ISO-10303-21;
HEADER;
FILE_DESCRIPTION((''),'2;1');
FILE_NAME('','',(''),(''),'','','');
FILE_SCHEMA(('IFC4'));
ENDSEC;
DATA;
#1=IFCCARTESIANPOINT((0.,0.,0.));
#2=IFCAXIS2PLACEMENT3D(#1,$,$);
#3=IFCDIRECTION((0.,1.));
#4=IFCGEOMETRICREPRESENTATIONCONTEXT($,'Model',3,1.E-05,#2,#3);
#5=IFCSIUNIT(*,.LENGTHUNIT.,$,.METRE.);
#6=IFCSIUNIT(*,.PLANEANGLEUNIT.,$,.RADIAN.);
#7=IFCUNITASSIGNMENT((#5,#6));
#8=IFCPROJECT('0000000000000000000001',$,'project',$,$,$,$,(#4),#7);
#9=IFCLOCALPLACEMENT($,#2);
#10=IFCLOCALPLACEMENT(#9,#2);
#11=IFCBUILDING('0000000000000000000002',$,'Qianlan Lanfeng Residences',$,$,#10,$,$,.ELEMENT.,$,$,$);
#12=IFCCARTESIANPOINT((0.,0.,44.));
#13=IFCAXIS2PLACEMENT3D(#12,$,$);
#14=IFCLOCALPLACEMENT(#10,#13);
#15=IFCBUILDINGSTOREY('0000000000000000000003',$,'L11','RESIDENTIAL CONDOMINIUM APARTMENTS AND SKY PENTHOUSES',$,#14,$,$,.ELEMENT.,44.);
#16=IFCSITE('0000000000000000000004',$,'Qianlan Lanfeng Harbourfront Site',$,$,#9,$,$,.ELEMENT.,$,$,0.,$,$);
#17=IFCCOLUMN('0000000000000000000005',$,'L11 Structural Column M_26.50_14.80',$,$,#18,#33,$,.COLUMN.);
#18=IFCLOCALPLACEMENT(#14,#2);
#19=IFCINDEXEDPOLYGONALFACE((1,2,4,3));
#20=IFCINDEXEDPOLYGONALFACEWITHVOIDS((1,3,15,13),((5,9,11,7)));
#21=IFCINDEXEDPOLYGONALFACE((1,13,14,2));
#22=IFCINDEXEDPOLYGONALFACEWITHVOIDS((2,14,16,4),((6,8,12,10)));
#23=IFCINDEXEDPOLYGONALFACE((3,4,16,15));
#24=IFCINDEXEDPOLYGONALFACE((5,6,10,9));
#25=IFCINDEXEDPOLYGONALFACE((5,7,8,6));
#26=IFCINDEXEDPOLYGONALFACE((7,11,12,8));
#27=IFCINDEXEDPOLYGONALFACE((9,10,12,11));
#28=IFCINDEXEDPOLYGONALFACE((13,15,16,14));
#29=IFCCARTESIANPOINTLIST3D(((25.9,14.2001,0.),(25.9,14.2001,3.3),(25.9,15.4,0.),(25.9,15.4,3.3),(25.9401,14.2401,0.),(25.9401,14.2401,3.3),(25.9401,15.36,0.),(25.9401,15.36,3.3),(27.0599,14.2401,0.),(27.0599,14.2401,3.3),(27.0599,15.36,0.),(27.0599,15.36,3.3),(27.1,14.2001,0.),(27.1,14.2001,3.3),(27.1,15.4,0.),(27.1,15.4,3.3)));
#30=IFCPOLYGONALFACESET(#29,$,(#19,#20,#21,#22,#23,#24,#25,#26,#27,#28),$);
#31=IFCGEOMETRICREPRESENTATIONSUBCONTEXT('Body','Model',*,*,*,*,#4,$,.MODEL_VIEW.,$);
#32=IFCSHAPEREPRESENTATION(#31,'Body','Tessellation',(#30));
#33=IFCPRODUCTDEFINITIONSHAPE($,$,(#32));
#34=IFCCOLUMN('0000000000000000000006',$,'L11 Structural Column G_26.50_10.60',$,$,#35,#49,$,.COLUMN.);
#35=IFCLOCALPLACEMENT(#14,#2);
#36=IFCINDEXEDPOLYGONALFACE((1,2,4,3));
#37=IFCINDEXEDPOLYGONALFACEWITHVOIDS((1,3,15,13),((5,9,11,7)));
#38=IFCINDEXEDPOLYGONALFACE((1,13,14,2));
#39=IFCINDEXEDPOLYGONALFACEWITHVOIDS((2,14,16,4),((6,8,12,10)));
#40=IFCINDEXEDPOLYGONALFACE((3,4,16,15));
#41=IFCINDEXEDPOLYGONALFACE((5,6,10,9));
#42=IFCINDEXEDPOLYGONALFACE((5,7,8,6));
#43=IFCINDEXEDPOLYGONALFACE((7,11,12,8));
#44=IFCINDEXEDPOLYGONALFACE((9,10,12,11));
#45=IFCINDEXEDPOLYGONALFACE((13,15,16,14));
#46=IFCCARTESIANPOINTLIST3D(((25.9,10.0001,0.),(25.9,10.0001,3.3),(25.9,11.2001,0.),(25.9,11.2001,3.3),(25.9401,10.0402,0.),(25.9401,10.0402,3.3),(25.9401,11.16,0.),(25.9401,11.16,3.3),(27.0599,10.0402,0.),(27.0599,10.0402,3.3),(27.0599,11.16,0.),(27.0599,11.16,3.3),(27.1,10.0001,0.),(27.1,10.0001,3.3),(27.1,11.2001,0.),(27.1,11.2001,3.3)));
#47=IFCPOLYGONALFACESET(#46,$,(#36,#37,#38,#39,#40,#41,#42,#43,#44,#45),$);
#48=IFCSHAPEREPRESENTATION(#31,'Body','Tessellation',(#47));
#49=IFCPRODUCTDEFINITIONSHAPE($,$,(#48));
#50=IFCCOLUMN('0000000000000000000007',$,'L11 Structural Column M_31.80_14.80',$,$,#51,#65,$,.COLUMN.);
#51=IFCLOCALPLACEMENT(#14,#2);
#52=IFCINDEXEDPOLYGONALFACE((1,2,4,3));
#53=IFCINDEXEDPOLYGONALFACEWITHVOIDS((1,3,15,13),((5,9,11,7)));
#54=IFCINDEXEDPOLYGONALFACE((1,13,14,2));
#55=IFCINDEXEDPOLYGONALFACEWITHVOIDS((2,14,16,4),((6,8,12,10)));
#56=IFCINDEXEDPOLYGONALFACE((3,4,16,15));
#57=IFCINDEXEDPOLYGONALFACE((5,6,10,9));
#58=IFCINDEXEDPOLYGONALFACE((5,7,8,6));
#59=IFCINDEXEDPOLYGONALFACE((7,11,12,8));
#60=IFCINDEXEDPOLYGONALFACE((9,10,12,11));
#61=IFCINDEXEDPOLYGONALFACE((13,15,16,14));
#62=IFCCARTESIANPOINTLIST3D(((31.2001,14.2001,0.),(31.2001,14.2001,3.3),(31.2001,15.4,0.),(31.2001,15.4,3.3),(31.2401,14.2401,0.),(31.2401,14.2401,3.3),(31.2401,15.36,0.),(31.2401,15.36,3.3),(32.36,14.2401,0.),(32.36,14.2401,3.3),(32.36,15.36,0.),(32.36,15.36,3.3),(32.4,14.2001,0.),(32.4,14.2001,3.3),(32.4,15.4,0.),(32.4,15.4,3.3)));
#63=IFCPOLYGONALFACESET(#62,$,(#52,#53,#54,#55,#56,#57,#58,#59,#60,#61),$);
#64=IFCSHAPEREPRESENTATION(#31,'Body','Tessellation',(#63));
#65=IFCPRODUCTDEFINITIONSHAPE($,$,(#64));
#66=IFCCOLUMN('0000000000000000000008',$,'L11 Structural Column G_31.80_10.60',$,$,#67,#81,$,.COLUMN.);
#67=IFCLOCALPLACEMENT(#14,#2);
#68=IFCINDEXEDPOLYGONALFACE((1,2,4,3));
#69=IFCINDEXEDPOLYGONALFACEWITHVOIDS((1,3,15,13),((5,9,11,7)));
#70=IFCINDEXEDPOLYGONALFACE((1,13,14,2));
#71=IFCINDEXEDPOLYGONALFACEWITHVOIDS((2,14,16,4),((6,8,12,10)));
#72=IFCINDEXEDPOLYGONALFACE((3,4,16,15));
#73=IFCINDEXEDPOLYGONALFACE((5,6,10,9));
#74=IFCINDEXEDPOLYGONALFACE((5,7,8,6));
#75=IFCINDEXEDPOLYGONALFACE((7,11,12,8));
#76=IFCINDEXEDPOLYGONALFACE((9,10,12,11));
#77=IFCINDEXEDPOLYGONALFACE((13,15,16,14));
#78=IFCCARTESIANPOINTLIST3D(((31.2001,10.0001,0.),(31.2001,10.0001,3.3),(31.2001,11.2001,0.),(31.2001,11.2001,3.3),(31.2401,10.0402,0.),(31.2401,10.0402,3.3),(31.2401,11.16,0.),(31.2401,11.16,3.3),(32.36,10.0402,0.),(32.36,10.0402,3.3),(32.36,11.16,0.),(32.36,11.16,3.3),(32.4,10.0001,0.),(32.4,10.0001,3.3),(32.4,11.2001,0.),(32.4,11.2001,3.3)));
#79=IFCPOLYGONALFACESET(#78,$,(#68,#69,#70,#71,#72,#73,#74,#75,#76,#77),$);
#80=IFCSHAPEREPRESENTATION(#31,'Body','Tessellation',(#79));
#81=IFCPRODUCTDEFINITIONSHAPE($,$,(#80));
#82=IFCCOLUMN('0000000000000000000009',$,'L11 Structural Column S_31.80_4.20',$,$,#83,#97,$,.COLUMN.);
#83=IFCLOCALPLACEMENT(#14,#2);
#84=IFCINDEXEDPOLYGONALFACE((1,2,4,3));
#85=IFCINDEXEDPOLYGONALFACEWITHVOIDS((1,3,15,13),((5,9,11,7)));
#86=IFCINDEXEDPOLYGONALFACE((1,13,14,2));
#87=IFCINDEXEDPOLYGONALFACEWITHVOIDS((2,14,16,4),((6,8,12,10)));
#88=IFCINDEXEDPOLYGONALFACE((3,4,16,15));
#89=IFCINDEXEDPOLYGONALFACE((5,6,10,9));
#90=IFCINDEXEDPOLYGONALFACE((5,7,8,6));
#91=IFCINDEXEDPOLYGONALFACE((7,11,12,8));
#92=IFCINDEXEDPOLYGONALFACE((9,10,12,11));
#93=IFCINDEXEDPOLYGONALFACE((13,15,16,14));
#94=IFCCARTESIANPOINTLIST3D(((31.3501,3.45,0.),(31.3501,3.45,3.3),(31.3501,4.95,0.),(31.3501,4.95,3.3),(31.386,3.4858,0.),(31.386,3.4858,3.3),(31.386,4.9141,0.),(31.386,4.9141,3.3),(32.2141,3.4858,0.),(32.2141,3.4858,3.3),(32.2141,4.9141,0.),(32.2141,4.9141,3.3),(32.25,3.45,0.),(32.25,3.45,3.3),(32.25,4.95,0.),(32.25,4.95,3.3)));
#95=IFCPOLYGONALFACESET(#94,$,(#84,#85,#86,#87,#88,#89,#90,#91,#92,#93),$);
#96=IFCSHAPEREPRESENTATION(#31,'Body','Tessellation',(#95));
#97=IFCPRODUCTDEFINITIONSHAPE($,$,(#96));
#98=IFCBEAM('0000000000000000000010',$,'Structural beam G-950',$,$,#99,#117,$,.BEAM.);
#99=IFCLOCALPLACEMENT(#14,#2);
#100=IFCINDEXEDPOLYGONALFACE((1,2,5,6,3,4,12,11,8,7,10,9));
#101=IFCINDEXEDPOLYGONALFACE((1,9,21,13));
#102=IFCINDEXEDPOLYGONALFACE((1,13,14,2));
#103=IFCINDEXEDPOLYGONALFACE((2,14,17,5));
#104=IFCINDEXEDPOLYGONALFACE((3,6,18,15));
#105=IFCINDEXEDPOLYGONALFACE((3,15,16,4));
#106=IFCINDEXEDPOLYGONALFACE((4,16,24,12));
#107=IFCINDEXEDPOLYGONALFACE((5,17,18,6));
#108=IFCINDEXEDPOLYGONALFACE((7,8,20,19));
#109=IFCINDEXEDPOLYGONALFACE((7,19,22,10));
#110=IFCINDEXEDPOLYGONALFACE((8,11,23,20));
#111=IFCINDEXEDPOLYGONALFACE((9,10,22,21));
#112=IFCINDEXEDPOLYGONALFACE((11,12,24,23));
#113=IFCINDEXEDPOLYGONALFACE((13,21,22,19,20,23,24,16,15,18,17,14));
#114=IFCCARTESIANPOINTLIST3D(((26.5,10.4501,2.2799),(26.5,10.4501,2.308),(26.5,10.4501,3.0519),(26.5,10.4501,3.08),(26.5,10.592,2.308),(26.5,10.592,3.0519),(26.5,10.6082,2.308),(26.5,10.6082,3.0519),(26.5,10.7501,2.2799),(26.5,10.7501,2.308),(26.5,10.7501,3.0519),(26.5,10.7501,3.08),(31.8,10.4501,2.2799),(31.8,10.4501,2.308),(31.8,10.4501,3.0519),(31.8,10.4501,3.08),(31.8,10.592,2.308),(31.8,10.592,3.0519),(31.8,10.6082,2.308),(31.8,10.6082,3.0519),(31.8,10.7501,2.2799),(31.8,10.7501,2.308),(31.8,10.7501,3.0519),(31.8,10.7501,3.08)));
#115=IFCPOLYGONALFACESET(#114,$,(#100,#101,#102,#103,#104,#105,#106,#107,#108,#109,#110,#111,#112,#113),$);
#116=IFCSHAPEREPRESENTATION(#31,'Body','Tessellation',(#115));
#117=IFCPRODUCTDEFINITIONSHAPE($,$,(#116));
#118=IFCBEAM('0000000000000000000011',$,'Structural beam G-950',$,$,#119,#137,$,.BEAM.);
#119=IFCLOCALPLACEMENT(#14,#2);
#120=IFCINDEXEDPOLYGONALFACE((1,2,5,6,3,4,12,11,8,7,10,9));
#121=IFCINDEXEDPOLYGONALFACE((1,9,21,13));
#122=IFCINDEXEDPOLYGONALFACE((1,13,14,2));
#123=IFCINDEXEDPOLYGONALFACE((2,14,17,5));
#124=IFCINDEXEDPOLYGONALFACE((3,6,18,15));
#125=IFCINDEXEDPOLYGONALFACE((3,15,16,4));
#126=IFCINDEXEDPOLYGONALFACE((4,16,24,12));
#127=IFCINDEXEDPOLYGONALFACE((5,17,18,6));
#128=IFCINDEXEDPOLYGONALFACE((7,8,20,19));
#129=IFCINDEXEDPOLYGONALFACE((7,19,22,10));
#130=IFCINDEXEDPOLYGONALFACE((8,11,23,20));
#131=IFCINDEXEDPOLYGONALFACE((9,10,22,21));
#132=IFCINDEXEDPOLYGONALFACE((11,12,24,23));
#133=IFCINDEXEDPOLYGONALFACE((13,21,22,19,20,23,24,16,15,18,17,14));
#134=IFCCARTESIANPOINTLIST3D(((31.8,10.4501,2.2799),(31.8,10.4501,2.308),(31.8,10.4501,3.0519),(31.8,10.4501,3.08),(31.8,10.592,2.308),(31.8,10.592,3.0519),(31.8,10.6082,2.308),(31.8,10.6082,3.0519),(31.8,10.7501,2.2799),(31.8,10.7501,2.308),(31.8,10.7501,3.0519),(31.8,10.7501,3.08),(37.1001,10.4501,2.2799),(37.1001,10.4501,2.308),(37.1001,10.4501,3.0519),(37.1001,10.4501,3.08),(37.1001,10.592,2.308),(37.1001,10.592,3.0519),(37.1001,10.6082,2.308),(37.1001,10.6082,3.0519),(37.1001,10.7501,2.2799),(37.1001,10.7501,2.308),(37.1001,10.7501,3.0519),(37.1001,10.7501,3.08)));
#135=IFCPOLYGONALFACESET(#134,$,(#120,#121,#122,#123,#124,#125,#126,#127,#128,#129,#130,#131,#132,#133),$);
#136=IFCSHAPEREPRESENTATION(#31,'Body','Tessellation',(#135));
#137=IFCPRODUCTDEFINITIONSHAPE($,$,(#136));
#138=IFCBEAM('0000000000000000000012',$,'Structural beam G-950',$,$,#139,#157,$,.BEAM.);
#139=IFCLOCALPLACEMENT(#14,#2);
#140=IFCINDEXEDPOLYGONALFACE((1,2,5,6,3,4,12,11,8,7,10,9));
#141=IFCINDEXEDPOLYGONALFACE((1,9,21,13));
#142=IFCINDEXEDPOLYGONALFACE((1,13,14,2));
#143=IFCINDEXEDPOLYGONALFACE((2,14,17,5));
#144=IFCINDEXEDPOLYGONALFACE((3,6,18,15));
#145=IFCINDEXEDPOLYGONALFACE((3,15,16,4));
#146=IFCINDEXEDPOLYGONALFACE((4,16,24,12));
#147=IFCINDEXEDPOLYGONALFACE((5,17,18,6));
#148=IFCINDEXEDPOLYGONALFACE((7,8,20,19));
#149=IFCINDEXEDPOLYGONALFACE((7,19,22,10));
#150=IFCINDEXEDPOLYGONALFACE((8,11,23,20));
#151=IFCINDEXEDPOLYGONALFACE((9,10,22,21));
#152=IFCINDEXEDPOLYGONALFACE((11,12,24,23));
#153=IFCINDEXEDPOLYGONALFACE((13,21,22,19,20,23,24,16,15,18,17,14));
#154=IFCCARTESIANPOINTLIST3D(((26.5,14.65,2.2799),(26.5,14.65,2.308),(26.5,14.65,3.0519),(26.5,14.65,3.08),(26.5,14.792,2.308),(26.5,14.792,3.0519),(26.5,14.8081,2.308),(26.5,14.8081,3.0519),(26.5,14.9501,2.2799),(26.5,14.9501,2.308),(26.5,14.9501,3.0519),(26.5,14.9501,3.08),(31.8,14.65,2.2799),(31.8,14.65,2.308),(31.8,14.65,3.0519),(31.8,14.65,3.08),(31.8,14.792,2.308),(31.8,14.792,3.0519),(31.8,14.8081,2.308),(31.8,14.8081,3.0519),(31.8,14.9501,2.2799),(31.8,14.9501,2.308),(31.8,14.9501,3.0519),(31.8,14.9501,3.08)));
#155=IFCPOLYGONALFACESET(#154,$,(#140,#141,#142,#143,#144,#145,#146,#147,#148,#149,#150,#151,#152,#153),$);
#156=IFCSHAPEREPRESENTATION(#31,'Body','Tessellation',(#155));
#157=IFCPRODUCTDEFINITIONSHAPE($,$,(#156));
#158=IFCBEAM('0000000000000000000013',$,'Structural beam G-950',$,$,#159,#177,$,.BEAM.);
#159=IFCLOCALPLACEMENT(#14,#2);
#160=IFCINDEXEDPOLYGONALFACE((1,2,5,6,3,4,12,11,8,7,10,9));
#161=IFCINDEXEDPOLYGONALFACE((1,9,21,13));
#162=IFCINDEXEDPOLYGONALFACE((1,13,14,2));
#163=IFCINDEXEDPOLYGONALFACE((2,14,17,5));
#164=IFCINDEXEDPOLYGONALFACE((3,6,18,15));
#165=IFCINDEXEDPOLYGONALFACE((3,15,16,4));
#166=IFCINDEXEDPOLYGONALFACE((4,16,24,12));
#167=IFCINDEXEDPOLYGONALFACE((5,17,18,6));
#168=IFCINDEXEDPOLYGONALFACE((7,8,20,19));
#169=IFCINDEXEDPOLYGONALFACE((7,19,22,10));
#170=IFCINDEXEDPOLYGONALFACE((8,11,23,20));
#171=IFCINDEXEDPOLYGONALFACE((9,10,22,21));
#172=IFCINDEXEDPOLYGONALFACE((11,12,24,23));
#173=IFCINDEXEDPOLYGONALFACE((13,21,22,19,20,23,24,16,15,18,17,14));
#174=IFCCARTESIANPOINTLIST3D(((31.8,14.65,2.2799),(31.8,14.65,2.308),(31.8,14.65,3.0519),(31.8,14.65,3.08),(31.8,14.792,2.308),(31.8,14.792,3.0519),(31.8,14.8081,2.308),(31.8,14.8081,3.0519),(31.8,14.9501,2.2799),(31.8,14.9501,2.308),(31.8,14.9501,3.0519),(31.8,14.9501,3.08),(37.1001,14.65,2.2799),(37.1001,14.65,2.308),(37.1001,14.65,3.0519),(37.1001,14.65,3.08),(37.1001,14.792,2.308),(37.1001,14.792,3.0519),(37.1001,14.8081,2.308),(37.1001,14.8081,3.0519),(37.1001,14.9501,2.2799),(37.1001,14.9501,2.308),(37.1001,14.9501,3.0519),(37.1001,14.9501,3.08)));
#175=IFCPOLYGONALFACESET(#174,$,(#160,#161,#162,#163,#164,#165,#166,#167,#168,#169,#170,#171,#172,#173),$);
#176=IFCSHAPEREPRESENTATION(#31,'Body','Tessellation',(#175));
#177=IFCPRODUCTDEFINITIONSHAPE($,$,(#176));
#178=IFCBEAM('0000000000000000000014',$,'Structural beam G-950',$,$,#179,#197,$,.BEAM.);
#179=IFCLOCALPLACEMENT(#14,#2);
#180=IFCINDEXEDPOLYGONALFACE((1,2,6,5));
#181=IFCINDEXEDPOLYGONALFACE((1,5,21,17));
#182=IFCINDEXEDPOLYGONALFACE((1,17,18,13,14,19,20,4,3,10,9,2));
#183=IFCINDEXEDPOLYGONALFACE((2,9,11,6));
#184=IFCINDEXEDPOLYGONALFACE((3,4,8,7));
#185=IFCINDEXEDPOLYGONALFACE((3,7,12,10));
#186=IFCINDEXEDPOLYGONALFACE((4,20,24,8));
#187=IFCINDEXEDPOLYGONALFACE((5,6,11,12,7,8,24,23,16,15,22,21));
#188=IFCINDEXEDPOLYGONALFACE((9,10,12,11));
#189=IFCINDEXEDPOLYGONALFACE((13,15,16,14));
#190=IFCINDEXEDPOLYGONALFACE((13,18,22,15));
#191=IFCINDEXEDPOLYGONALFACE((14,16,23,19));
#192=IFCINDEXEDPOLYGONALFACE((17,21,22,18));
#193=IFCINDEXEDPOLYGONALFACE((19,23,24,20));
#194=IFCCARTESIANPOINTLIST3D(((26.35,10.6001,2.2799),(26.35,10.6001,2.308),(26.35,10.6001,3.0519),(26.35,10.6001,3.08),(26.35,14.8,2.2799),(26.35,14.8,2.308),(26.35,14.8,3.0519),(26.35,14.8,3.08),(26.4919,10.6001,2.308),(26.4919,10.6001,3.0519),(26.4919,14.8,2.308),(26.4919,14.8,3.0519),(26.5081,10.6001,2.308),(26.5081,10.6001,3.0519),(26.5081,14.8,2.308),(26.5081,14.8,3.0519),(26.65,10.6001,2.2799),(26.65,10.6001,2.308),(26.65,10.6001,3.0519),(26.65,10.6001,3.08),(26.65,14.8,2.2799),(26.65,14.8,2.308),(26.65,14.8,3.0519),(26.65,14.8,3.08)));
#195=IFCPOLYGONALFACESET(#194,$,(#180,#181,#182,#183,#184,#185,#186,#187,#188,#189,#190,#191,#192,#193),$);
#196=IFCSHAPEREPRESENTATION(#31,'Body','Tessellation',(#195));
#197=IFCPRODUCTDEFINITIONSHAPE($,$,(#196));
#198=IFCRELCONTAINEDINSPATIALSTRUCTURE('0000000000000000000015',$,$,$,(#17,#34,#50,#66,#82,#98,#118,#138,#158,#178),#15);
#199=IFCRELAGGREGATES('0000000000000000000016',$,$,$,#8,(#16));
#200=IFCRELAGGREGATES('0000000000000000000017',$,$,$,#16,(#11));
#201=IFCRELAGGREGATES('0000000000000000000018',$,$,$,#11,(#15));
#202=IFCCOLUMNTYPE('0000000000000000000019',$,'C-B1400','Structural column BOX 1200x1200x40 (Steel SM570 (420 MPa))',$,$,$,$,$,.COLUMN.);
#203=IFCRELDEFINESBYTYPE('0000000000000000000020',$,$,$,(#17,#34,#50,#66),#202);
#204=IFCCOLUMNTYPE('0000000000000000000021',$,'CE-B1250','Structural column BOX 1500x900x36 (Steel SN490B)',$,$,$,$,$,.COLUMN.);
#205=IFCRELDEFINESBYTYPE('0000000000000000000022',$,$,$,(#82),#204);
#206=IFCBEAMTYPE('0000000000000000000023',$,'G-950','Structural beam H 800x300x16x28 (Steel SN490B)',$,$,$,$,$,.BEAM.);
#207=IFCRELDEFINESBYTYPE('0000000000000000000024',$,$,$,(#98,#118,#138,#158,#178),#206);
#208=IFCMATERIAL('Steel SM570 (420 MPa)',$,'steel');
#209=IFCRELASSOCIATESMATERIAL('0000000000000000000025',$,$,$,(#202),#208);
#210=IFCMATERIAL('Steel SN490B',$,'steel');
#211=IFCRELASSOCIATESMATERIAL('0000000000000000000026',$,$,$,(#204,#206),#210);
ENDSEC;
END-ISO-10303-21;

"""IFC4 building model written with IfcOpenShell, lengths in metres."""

from ifc_helpers import new_model, si_unit, direction, frame, origin, origin_2d, place, context, subcontext, project, spatial, hollow_rectangle, i_section, extrude, material, material_profile, profile_set, type_object, element, save


model = new_model("IFC4")

# Units and contexts
model_context = context("Model", 3, precision=1e-05, world=origin(), true_north=direction((0.0, 1.0)))
body_context = subcontext(model_context, "Body", "Model", "MODEL_VIEW")
ifc_project = project(units=[si_unit("LENGTHUNIT", "METRE"), si_unit("PLANEANGLEUNIT", "RADIAN")], contexts=[model_context])

# Site, building, storey
site_placement = place(None, origin())
site = spatial("IfcSite", under=ifc_project, at=site_placement, Name="Qianlan Lanfeng Harbourfront Site", CompositionType="ELEMENT", RefElevation=0.0)
building_placement = place(site_placement, origin())
building = spatial("IfcBuilding", under=site, at=building_placement, Name="Qianlan Lanfeng Residences", CompositionType="ELEMENT")
storey_placement = place(building_placement, frame((0.0, 0.0, 44.0)))
storey = spatial("IfcBuildingStorey", under=building, at=storey_placement, Name="L11", Description="RESIDENTIAL CONDOMINIUM APARTMENTS AND SKY PENTHOUSES", CompositionType="ELEMENT", Elevation=44.0)

# Columns
ifc_material_1 = material(Name="Steel SM570 (420 MPa)", Category="steel")
ifc_material_profile_1 = material_profile(ifc_material_1, hollow_rectangle(XDim=1.2, YDim=1.2, WallThickness=0.04, at=origin_2d()), Name="BOX 1200x1200x40")
ifc_profile_set_1 = profile_set([ifc_material_profile_1], Name="Steel SM570 (420 MPa)")
column_type_1 = type_object("IfcColumnType", Name="C-B1400", Description="Structural column BOX 1200x1200x40 (Steel SM570 (420 MPa))", PredefinedType="COLUMN", material=ifc_profile_set_1)
for number, where, z_axis, x_axis, name in (
    (1, (26.5, 14.8, 0.0), (0.0, 0.0, 1.0), (1.0, 0.0, 0.0), "L11 Structural Column M_26.50_14.80"),
    (2, (26.5, 10.6001, 0.0), (0.0, 0.0, 1.0), (1.0, 0.0, 0.0), "L11 Structural Column G_26.50_10.60"),
    (3, (31.8, 14.8, 0.0), (0.0, 0.0, 1.0), (1.0, 0.0, 0.0), "L11 Structural Column M_31.80_14.80"),
    (4, (31.8, 10.6001, 0.0), (0.0, 0.0, 1.0), (1.0, 0.0, 0.0), "L11 Structural Column G_31.80_10.60"),
):
    element("IfcColumn", number, at=place(storey_placement, frame(where, z_axis=z_axis, x_axis=x_axis)), inside=storey, type_object=column_type_1, Name=name, PredefinedType="COLUMN", context=body_context, shape_type="SweptSolid", body=[
        extrude(hollow_rectangle(XDim=1.2, YDim=1.2, WallThickness=0.04, at=origin_2d()), origin(), (0.0, 0.0, 1.0), 3.3),
    ])
ifc_material_2 = material(Name="Steel SN490B", Category="steel")
ifc_material_profile_2 = material_profile(ifc_material_2, hollow_rectangle(XDim=0.8999, YDim=1.5, WallThickness=0.0359, at=origin_2d()), Name="BOX 1500x900x36")
ifc_profile_set_2 = profile_set([ifc_material_profile_2], Name="Steel SN490B")
column_type_2 = type_object("IfcColumnType", Name="CE-B1250", Description="Structural column BOX 1500x900x36 (Steel SN490B)", PredefinedType="COLUMN", material=ifc_profile_set_2)
column_placement = place(storey_placement, frame((31.8, 4.2, 0.0), z_axis=(0.0, 0.0, 1.0), x_axis=(1.0, 0.0, 0.0)))
element("IfcColumn", 5, at=column_placement, inside=storey, type_object=column_type_2, Name="L11 Structural Column S_31.80_4.20", PredefinedType="COLUMN", context=body_context, shape_type="SweptSolid", body=[
    extrude(hollow_rectangle(XDim=0.8999, YDim=1.5, WallThickness=0.0359, at=origin_2d()), origin(), (0.0, 0.0, 1.0), 3.3),
])

# Beams
ifc_material_profile_3 = material_profile(ifc_material_2, i_section(OverallWidth=0.3, OverallDepth=0.8, WebThickness=0.0161, FlangeThickness=0.0281, at=origin_2d()), Name="H 800x300x16x28")
ifc_profile_set_3 = profile_set([ifc_material_profile_3], Name="Steel SN490B")
beam_type_1 = type_object("IfcBeamType", Name="G-950", Description="Structural beam H 800x300x16x28 (Steel SN490B)", PredefinedType="BEAM", material=ifc_profile_set_3)
for number, where, z_axis, x_axis, name in (
    (6, (26.5, 10.6001, 2.6799), (1.0, 0.0, 0.0), (0.0, 1.0, 0.0), "Structural beam G-950"),
    (7, (31.8, 10.6001, 2.6799), (1.0, 0.0, 0.0), (0.0, 1.0, 0.0), "Structural beam G-950"),
    (8, (26.5, 14.8, 2.6799), (1.0, 0.0, 0.0), (0.0, 1.0, 0.0), "Structural beam G-950"),
    (9, (31.8, 14.8, 2.6799), (1.0, 0.0, 0.0), (0.0, 1.0, 0.0), "Structural beam G-950"),
):
    element("IfcBeam", number, at=place(storey_placement, frame(where, z_axis=z_axis, x_axis=x_axis)), inside=storey, type_object=beam_type_1, Name=name, PredefinedType="BEAM", context=body_context, shape_type="SweptSolid", body=[
        extrude(i_section(OverallWidth=0.3, OverallDepth=0.8, WebThickness=0.0161, FlangeThickness=0.0281, at=origin_2d()), origin(), (0.0, 0.0, 1.0), 5.3),
    ])
beam_1_placement = place(storey_placement, frame((26.5, 10.6001, 2.6799), z_axis=(0.0, 1.0, 0.0), x_axis=(-1.0, 0.0, 0.0)))
element("IfcBeam", 10, at=beam_1_placement, inside=storey, type_object=beam_type_1, Name="Structural beam G-950", PredefinedType="BEAM", context=body_context, shape_type="SweptSolid", body=[
    extrude(i_section(OverallWidth=0.3, OverallDepth=0.8, WebThickness=0.0161, FlangeThickness=0.0281, at=origin_2d()), origin(), (0.0, 0.0, 1.0), 4.2),
])

save(model, "model.ifc")
